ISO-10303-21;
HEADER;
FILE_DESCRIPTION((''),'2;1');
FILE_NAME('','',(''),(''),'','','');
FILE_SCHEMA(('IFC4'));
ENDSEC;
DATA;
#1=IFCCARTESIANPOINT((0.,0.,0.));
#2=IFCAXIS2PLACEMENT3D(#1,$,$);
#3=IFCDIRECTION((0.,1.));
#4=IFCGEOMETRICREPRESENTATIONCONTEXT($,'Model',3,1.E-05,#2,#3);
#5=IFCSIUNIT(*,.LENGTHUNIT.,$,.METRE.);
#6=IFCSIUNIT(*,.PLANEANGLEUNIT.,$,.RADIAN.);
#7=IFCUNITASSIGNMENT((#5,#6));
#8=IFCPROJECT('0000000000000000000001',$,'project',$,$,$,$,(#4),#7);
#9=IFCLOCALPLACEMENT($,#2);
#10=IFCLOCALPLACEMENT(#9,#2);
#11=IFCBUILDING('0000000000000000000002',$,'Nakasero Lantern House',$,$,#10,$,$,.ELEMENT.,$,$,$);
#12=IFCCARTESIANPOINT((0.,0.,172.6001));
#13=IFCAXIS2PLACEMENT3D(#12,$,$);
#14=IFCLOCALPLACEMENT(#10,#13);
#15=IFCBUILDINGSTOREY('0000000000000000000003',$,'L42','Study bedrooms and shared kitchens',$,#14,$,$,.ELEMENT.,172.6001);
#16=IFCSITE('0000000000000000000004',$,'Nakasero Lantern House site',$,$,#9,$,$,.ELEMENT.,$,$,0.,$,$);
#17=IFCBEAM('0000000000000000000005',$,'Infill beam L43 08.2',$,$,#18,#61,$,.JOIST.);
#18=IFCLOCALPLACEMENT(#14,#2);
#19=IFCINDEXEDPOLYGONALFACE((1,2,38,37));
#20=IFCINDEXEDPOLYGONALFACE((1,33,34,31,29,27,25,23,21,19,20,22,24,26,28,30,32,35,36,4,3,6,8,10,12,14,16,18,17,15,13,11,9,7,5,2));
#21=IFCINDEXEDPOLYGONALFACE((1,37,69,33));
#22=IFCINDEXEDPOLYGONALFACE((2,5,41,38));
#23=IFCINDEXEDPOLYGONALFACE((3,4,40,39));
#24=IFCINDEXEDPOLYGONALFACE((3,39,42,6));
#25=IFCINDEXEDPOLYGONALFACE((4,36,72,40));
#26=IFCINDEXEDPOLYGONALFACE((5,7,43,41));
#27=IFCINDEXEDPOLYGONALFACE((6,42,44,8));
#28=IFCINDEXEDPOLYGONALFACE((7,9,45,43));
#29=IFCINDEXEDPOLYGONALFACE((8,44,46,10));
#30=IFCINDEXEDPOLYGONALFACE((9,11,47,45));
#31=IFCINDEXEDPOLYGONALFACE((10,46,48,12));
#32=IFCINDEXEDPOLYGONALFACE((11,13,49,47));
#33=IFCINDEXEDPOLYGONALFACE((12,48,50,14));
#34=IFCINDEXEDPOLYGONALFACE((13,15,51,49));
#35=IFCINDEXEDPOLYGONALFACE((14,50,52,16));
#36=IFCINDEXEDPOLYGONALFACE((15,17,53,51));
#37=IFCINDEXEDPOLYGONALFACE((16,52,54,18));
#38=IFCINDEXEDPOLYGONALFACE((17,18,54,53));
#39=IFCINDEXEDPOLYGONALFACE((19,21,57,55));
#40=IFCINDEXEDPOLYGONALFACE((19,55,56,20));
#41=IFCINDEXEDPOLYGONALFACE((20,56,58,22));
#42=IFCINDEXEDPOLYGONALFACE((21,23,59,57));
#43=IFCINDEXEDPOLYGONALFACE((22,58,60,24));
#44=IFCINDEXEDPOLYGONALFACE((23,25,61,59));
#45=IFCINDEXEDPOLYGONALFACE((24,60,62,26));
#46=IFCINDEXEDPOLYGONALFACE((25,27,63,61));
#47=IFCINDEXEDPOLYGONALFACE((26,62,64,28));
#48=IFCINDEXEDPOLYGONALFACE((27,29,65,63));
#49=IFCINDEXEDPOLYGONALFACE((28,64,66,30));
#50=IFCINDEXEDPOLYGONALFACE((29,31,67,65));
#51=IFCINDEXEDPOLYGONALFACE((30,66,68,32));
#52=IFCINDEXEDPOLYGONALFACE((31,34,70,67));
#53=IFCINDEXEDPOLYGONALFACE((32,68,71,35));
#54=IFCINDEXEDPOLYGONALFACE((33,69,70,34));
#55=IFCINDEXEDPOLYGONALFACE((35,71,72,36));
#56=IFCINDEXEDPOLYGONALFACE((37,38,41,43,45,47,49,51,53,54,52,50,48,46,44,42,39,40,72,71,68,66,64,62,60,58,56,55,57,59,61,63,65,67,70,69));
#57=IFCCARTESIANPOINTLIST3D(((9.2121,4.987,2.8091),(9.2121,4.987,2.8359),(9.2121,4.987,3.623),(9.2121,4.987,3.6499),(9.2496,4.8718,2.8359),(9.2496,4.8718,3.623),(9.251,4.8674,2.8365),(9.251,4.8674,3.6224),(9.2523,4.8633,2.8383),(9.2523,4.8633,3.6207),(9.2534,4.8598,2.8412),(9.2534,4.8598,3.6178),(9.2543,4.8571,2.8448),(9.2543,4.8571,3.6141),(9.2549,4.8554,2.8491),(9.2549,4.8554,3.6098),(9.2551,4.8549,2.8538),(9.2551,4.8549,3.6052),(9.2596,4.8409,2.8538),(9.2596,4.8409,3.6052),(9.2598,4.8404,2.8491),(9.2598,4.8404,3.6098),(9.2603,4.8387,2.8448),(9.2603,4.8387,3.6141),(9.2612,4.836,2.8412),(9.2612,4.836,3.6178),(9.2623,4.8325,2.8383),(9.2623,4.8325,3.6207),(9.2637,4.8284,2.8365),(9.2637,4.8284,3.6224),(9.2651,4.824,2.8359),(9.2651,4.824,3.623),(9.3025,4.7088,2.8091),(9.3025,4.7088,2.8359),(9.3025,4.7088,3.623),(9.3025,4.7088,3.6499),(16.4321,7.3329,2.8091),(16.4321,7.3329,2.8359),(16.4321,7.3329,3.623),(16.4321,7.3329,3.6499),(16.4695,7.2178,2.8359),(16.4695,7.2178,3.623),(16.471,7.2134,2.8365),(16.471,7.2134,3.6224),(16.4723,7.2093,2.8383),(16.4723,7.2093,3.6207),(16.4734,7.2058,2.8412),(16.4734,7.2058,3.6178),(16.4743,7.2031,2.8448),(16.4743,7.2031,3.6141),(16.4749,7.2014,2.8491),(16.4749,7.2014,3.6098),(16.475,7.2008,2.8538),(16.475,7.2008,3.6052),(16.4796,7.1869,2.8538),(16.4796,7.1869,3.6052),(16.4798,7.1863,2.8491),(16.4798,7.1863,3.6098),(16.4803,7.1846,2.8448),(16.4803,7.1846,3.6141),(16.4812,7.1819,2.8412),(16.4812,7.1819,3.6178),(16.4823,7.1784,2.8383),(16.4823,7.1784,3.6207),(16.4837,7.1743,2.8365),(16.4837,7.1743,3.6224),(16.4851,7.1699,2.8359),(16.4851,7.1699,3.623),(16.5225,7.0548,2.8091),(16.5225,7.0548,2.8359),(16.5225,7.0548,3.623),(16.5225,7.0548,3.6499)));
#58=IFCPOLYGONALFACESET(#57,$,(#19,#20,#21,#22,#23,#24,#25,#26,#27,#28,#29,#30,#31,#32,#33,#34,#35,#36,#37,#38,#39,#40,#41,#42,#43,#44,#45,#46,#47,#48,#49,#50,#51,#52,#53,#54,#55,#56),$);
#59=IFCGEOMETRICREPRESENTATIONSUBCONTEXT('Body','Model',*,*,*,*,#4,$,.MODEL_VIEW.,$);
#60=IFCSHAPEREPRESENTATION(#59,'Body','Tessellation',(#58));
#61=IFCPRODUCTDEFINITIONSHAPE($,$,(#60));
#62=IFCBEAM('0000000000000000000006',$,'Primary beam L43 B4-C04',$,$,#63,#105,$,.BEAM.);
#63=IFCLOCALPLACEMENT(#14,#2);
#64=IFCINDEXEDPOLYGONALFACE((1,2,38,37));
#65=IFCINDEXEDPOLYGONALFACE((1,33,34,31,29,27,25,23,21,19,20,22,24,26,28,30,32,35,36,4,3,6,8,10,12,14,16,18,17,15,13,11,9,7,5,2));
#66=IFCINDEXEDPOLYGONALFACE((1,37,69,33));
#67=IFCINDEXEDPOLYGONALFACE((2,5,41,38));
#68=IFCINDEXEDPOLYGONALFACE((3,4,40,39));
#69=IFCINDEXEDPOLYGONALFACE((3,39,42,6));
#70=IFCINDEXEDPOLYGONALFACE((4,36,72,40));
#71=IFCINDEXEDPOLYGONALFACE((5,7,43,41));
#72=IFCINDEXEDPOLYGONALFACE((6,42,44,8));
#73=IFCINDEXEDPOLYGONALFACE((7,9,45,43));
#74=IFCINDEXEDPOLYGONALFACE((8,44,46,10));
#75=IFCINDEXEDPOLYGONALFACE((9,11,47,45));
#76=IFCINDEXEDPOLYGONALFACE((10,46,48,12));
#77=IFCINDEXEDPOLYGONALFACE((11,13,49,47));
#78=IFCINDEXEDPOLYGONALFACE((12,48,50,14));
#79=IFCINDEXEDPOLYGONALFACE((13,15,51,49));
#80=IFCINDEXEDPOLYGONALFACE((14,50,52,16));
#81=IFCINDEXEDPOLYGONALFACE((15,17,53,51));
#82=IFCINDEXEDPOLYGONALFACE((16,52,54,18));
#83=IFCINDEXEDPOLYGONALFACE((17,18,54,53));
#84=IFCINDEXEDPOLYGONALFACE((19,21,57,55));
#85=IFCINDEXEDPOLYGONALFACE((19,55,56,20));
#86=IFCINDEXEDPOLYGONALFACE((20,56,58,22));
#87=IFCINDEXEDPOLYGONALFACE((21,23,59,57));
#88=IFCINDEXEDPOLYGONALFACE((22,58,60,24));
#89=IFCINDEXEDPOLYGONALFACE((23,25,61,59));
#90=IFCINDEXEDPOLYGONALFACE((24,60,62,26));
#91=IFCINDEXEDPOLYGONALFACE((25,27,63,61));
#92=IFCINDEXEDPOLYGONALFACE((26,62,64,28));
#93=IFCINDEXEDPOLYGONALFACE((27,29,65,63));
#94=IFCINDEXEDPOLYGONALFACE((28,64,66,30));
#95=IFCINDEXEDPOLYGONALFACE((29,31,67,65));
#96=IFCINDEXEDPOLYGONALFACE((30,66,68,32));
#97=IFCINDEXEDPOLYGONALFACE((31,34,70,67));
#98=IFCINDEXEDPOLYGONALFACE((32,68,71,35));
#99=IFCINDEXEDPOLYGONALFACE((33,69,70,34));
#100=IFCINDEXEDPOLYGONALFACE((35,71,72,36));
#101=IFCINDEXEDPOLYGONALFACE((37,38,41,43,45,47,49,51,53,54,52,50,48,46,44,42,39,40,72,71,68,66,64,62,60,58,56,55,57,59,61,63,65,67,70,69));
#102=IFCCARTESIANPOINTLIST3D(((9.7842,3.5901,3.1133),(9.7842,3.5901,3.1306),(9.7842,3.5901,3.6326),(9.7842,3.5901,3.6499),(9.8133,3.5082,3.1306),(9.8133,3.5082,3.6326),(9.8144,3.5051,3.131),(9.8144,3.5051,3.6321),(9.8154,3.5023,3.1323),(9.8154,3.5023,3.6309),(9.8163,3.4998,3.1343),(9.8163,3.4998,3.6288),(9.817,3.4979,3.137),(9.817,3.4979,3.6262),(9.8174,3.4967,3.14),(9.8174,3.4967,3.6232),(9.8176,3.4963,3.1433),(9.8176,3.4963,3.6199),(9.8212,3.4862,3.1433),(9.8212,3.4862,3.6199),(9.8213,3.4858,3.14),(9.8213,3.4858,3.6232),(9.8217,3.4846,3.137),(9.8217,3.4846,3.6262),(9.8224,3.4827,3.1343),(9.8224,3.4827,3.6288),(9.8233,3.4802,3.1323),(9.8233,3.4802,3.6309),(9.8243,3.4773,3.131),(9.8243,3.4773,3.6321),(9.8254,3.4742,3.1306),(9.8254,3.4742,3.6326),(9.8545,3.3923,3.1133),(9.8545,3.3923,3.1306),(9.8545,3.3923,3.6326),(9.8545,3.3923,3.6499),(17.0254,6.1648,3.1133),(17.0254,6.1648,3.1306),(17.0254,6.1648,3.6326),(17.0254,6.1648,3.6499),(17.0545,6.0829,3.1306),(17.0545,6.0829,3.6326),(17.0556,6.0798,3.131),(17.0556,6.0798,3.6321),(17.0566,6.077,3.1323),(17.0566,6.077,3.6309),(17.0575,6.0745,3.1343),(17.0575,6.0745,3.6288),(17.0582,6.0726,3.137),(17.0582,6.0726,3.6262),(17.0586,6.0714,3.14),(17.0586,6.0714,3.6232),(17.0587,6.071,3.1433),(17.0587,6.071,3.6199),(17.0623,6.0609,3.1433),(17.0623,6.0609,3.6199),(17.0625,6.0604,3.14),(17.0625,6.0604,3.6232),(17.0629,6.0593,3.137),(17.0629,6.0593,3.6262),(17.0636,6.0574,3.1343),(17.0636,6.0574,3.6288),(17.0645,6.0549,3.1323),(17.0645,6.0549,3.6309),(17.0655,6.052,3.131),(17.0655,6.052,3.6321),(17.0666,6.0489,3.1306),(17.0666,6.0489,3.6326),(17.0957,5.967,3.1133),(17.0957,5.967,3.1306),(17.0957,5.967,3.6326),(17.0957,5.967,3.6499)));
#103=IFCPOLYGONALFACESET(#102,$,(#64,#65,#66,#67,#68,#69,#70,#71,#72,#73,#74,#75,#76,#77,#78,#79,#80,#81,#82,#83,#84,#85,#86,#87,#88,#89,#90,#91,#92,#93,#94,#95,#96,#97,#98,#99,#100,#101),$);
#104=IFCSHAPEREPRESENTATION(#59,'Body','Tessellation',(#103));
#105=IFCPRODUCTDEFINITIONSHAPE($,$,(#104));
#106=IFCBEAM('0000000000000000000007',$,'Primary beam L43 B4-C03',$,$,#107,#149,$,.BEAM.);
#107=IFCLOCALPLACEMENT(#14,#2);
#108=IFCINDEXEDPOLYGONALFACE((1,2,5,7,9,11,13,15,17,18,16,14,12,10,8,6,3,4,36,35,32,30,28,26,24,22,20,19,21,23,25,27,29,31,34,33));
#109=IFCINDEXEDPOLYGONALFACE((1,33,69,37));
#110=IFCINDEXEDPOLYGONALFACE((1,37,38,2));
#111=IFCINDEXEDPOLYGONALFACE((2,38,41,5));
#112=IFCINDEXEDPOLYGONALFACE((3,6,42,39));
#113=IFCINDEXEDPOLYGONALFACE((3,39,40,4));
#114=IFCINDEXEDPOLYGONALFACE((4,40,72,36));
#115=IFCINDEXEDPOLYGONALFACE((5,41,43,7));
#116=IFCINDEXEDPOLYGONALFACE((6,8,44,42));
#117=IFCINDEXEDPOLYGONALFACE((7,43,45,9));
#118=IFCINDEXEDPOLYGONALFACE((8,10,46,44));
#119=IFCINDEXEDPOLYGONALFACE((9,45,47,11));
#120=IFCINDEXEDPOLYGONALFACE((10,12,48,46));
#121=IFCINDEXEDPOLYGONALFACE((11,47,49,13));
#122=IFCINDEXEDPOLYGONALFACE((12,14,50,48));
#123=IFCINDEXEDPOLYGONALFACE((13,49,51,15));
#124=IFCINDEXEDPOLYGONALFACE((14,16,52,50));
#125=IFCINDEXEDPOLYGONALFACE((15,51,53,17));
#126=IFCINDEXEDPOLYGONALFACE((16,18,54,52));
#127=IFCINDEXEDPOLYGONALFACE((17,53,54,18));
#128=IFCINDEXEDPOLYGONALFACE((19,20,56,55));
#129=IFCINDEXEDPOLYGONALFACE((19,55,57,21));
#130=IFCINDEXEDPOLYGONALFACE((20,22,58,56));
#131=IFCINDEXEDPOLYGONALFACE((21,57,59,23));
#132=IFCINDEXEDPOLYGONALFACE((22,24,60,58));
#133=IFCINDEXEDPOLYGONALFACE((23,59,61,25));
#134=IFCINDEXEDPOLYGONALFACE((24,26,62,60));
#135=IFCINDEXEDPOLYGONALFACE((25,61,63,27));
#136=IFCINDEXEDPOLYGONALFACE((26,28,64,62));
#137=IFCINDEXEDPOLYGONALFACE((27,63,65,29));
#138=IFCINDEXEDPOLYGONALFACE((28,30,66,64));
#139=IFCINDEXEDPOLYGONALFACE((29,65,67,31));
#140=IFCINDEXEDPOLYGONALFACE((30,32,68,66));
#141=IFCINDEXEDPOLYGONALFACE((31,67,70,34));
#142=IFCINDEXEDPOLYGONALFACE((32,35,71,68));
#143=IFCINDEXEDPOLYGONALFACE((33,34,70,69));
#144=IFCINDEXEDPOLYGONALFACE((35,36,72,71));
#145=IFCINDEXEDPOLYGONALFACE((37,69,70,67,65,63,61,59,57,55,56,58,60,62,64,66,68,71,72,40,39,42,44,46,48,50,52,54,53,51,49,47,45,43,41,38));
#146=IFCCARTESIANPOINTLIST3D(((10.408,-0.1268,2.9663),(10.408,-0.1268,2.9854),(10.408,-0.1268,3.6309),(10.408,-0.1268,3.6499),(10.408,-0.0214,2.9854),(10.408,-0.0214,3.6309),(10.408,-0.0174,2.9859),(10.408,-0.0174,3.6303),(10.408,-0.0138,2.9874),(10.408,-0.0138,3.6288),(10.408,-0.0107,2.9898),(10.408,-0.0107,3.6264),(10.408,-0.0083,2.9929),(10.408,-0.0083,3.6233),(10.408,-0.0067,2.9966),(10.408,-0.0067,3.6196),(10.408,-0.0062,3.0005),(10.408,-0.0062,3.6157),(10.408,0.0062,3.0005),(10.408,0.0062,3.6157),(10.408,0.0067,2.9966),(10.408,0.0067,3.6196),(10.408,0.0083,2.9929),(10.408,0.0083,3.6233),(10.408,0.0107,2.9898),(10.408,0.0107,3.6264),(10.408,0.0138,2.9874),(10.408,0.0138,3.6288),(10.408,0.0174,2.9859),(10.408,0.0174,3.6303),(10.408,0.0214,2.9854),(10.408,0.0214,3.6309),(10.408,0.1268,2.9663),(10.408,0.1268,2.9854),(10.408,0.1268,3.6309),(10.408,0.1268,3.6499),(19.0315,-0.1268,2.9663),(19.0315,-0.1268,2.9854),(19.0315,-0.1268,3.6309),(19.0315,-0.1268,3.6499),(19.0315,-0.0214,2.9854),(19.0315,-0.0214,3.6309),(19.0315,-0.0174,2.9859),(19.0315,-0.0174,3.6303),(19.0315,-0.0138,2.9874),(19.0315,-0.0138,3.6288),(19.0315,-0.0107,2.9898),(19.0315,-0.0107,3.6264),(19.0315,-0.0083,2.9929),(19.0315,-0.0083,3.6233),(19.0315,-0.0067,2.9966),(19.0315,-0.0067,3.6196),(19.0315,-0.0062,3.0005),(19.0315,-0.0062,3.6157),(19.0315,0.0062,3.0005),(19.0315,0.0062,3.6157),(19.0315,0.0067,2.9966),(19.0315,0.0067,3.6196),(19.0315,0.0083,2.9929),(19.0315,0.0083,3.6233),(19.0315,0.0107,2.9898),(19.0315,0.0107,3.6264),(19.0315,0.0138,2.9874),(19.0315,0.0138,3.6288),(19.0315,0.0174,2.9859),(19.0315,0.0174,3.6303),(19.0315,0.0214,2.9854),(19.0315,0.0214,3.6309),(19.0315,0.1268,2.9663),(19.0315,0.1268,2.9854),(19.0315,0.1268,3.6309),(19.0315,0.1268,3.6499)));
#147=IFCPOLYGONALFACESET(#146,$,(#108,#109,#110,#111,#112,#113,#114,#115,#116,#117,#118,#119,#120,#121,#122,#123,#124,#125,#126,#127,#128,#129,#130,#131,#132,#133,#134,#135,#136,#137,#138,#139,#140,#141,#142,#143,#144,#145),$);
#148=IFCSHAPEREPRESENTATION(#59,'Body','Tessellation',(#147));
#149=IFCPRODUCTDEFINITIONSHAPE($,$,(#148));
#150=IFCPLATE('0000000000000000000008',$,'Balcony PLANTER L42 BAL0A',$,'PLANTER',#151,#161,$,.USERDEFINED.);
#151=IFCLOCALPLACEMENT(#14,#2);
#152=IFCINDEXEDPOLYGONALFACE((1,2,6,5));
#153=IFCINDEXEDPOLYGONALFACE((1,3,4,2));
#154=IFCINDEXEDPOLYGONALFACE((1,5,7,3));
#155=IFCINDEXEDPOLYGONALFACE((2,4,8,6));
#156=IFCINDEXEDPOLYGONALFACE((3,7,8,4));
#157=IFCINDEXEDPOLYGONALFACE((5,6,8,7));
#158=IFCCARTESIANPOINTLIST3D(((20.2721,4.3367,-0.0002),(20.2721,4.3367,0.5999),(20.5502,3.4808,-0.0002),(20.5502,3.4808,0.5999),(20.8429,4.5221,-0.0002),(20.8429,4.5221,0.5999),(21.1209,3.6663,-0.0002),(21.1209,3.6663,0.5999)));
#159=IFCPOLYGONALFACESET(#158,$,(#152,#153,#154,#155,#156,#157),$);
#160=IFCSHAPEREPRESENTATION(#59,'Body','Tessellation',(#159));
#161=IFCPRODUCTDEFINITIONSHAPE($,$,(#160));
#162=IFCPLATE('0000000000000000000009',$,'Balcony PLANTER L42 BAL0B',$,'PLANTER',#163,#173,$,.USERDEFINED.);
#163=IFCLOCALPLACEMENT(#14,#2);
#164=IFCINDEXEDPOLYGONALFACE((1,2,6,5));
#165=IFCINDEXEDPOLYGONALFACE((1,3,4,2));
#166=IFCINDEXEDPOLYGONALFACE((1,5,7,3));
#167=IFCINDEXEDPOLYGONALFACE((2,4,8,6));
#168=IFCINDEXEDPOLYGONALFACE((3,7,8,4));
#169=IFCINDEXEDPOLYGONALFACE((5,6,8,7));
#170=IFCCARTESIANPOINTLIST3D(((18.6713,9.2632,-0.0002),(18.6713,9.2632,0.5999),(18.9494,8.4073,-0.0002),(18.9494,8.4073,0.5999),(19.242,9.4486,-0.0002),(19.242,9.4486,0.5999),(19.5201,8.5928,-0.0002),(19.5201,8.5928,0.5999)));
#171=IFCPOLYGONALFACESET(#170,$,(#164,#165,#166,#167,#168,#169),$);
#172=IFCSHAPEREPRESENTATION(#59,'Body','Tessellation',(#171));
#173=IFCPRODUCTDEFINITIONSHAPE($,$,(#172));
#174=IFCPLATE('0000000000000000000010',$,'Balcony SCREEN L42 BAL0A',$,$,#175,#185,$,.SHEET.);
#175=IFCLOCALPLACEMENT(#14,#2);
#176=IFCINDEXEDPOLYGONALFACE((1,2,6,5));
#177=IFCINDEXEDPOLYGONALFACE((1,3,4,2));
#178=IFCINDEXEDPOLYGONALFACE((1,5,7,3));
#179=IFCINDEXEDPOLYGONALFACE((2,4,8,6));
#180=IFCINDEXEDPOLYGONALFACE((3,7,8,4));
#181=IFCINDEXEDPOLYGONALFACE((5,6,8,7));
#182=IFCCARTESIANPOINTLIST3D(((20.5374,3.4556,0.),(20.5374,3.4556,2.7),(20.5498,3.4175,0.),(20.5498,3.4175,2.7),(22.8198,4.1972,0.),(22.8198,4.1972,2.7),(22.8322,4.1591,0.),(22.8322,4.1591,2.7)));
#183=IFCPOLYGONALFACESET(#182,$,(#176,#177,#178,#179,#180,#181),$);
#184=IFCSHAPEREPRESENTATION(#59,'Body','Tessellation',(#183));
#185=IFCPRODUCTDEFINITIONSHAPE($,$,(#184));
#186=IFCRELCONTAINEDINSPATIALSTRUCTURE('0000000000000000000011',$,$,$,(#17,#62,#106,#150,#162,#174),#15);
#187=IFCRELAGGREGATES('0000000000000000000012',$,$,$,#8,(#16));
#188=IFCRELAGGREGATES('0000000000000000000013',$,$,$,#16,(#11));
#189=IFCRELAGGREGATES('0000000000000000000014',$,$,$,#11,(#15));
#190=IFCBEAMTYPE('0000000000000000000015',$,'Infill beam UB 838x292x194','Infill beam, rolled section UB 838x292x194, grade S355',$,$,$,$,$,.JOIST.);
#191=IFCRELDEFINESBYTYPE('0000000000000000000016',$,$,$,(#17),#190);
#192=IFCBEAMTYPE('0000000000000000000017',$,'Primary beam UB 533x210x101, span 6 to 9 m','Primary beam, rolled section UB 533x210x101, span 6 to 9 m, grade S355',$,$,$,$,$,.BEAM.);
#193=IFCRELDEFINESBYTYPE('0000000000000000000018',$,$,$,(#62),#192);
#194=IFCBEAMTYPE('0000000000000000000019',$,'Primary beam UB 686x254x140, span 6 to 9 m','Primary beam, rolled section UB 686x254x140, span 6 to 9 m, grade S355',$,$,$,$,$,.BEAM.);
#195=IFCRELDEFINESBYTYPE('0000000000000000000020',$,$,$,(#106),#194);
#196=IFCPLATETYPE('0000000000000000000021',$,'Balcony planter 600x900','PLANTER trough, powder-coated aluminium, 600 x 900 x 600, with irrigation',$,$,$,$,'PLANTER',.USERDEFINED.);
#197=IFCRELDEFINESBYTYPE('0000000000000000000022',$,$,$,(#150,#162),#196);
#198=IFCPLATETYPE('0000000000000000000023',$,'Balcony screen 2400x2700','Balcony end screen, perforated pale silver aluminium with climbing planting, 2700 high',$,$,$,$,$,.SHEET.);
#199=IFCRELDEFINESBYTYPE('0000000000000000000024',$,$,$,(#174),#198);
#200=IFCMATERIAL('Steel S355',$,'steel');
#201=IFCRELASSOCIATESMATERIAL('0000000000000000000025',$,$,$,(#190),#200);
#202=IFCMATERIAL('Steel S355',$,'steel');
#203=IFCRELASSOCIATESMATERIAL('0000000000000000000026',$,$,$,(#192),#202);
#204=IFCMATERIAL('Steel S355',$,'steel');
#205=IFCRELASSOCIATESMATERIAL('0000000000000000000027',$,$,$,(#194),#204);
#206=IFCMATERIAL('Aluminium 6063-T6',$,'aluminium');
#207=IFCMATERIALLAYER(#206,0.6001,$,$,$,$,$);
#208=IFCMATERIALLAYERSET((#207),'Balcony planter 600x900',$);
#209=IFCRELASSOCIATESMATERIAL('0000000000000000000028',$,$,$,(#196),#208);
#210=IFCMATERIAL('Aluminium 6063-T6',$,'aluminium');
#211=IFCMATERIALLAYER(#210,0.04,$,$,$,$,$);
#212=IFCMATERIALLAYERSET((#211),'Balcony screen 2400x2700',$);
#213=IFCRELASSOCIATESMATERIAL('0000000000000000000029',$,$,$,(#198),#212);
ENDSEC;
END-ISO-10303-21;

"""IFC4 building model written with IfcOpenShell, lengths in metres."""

from ifc_helpers import new_model, si_unit, direction, frame, origin, origin_2d, place, context, subcontext, project, spatial, rectangle, i_section, extrude, material, layer, layer_set, material_profile, profile_set, type_object, element, save


model = new_model("IFC4")

# Units and contexts
model_context = context("Model", 3, precision=1e-05, world=origin(), true_north=direction((0.0, 1.0)))
body_context = subcontext(model_context, "Body", "Model", "MODEL_VIEW")
ifc_project = project(units=[si_unit("LENGTHUNIT", "METRE"), si_unit("PLANEANGLEUNIT", "RADIAN")], contexts=[model_context])

# Site, building, storey
site_placement = place(None, origin())
site = spatial("IfcSite", under=ifc_project, at=site_placement, Name="Nakasero Lantern House site", CompositionType="ELEMENT", RefElevation=0.0)
building_placement = place(site_placement, origin())
building = spatial("IfcBuilding", under=site, at=building_placement, Name="Nakasero Lantern House", CompositionType="ELEMENT")
storey_placement = place(building_placement, frame((0.0, 0.0, 172.6001)))
storey = spatial("IfcBuildingStorey", under=building, at=storey_placement, Name="L42", Description="Study bedrooms and shared kitchens", CompositionType="ELEMENT", Elevation=172.6001)

# Beams
ifc_material_1 = material(Name="Steel S355", Category="steel")
ifc_material_profile_1 = material_profile(ifc_material_1, i_section(OverallWidth=0.2925, OverallDepth=0.8408, WebThickness=0.0146, FlangeThickness=0.0269, FilletRadius=0.0178, at=origin_2d()), Name="UB 838x292x194")
ifc_profile_set_1 = profile_set([ifc_material_profile_1], Name="Steel S355")
beam_type_1 = type_object("IfcBeamType", Name="Infill beam UB 838x292x194", Description="Infill beam, rolled section UB 838x292x194, grade S355", PredefinedType="JOIST", material=ifc_profile_set_1)
beam_1_placement = place(storey_placement, frame((9.2573, 4.8479, 3.2295), z_axis=(0.951055, 0.309021, 0.0), x_axis=(-0.309021, 0.951055, 0.0)))
element("IfcBeam", 1, at=beam_1_placement, inside=storey, type_object=beam_type_1, Name="Infill beam L43 08.2", PredefinedType="JOIST", context=body_context, shape_type="SweptSolid", body=[
    extrude(i_section(OverallWidth=0.2925, OverallDepth=0.8408, WebThickness=0.0146, FlangeThickness=0.0269, FilletRadius=0.0178, at=origin_2d()), origin(), (0.0, 0.0, 1.0), 7.5916),
])
ifc_material_2 = material(Name="Steel S355", Category="steel")
ifc_material_profile_2 = material_profile(ifc_material_2, i_section(OverallWidth=0.21, OverallDepth=0.5366, WebThickness=0.0107, FlangeThickness=0.0173, FilletRadius=0.0127, at=origin_2d()), Name="UB 533x210x101")
ifc_profile_set_2 = profile_set([ifc_material_profile_2], Name="Steel S355")
beam_type_2 = type_object("IfcBeamType", Name="Primary beam UB 533x210x101, span 6 to 9 m", Description="Primary beam, rolled section UB 533x210x101, span 6 to 9 m, grade S355", PredefinedType="BEAM", material=ifc_profile_set_2)
beam_2_placement = place(storey_placement, frame((17.0605, 6.0659, 3.3816), z_axis=(-0.942212, -0.335016, 0.0), x_axis=(0.335016, -0.942212, 0.0)))
element("IfcBeam", 2, at=beam_2_placement, inside=storey, type_object=beam_type_2, Name="Primary beam L43 B4-C04", PredefinedType="BEAM", context=body_context, shape_type="SweptSolid", body=[
    extrude(i_section(OverallWidth=0.21, OverallDepth=0.5366, WebThickness=0.0107, FlangeThickness=0.0173, FilletRadius=0.0127, at=origin_2d()), origin(), (0.0, 0.0, 1.0), 7.6853),
])
ifc_material_3 = material(Name="Steel S355", Category="steel")
ifc_material_profile_3 = material_profile(ifc_material_3, i_section(OverallWidth=0.2537, OverallDepth=0.6836, WebThickness=0.0125, FlangeThickness=0.019, FilletRadius=0.0151, at=origin_2d()), Name="UB 686x254x140")
ifc_profile_set_3 = profile_set([ifc_material_profile_3], Name="Steel S355")
beam_type_3 = type_object("IfcBeamType", Name="Primary beam UB 686x254x140, span 6 to 9 m", Description="Primary beam, rolled section UB 686x254x140, span 6 to 9 m, grade S355", PredefinedType="BEAM", material=ifc_profile_set_3)
beam_3_placement = place(storey_placement, frame((19.0315, 0.0, 3.3081), z_axis=(-1.0, 0.0, 0.0), x_axis=(0.0, -1.0, 0.0)))
element("IfcBeam", 3, at=beam_3_placement, inside=storey, type_object=beam_type_3, Name="Primary beam L43 B4-C03", PredefinedType="BEAM", context=body_context, shape_type="SweptSolid", body=[
    extrude(i_section(OverallWidth=0.2537, OverallDepth=0.6836, WebThickness=0.0125, FlangeThickness=0.019, FilletRadius=0.0151, at=origin_2d()), origin(), (0.0, 0.0, 1.0), 8.6235),
])

# Plates
ifc_material_4 = material(Name="Aluminium 6063-T6", Category="aluminium")
ifc_layer_1 = layer(ifc_material_4, 0.6001)
ifc_layer_set_1 = layer_set([ifc_layer_1], Name="Balcony planter 600x900")
plate_type_1 = type_object("IfcPlateType", Name="Balcony planter 600x900", Description="PLANTER trough, powder-coated aluminium, 600 x 900 x 600, with irrigation", ElementType="PLANTER", PredefinedType="USERDEFINED", material=ifc_layer_set_1)
for number, where, z_axis, x_axis, name in (
    (4, (20.6965, 4.0015, -0.0002), (0.0, 0.0, 1.0), (0.951057, 0.309017, 0.0), "Balcony PLANTER L42 BAL0A"),
    (5, (19.0957, 8.928, -0.0002), (0.0, 0.0, 1.0), (0.951057, 0.309017, 0.0), "Balcony PLANTER L42 BAL0B"),
):
    element("IfcPlate", number, at=place(storey_placement, frame(where, z_axis=z_axis, x_axis=x_axis)), inside=storey, type_object=plate_type_1, Name=name, ObjectType="PLANTER", PredefinedType="USERDEFINED", context=body_context, shape_type="SweptSolid", body=[
        extrude(rectangle(XDim=0.6001, YDim=0.8999, at=origin_2d()), origin(), (0.0, 0.0, 1.0), 0.6001),
    ])
ifc_material_5 = material(Name="Aluminium 6063-T6", Category="aluminium")
ifc_layer_2 = layer(ifc_material_5, 0.04)
ifc_layer_set_2 = layer_set([ifc_layer_2], Name="Balcony screen 2400x2700")
plate_type_2 = type_object("IfcPlateType", Name="Balcony screen 2400x2700", Description="Balcony end screen, perforated pale silver aluminium with climbing planting, 2700 high", PredefinedType="SHEET", material=ifc_layer_set_2)
for number, where, z_axis, x_axis, name in (
    (6, (21.6848, 3.8074, 0.0), (0.0, 0.0, 1.0), (0.951057, 0.309017, 0.0), "Balcony SCREEN L42 BAL0A"),
):
    element("IfcPlate", number, at=place(storey_placement, frame(where, z_axis=z_axis, x_axis=x_axis)), inside=storey, type_object=plate_type_2, Name=name, PredefinedType="SHEET", context=body_context, shape_type="SweptSolid", body=[
        extrude(rectangle(XDim=2.3999, YDim=0.04, at=origin_2d()), origin(), (0.0, 0.0, 1.0), 2.7),
    ])

save(model, "model.ifc")
